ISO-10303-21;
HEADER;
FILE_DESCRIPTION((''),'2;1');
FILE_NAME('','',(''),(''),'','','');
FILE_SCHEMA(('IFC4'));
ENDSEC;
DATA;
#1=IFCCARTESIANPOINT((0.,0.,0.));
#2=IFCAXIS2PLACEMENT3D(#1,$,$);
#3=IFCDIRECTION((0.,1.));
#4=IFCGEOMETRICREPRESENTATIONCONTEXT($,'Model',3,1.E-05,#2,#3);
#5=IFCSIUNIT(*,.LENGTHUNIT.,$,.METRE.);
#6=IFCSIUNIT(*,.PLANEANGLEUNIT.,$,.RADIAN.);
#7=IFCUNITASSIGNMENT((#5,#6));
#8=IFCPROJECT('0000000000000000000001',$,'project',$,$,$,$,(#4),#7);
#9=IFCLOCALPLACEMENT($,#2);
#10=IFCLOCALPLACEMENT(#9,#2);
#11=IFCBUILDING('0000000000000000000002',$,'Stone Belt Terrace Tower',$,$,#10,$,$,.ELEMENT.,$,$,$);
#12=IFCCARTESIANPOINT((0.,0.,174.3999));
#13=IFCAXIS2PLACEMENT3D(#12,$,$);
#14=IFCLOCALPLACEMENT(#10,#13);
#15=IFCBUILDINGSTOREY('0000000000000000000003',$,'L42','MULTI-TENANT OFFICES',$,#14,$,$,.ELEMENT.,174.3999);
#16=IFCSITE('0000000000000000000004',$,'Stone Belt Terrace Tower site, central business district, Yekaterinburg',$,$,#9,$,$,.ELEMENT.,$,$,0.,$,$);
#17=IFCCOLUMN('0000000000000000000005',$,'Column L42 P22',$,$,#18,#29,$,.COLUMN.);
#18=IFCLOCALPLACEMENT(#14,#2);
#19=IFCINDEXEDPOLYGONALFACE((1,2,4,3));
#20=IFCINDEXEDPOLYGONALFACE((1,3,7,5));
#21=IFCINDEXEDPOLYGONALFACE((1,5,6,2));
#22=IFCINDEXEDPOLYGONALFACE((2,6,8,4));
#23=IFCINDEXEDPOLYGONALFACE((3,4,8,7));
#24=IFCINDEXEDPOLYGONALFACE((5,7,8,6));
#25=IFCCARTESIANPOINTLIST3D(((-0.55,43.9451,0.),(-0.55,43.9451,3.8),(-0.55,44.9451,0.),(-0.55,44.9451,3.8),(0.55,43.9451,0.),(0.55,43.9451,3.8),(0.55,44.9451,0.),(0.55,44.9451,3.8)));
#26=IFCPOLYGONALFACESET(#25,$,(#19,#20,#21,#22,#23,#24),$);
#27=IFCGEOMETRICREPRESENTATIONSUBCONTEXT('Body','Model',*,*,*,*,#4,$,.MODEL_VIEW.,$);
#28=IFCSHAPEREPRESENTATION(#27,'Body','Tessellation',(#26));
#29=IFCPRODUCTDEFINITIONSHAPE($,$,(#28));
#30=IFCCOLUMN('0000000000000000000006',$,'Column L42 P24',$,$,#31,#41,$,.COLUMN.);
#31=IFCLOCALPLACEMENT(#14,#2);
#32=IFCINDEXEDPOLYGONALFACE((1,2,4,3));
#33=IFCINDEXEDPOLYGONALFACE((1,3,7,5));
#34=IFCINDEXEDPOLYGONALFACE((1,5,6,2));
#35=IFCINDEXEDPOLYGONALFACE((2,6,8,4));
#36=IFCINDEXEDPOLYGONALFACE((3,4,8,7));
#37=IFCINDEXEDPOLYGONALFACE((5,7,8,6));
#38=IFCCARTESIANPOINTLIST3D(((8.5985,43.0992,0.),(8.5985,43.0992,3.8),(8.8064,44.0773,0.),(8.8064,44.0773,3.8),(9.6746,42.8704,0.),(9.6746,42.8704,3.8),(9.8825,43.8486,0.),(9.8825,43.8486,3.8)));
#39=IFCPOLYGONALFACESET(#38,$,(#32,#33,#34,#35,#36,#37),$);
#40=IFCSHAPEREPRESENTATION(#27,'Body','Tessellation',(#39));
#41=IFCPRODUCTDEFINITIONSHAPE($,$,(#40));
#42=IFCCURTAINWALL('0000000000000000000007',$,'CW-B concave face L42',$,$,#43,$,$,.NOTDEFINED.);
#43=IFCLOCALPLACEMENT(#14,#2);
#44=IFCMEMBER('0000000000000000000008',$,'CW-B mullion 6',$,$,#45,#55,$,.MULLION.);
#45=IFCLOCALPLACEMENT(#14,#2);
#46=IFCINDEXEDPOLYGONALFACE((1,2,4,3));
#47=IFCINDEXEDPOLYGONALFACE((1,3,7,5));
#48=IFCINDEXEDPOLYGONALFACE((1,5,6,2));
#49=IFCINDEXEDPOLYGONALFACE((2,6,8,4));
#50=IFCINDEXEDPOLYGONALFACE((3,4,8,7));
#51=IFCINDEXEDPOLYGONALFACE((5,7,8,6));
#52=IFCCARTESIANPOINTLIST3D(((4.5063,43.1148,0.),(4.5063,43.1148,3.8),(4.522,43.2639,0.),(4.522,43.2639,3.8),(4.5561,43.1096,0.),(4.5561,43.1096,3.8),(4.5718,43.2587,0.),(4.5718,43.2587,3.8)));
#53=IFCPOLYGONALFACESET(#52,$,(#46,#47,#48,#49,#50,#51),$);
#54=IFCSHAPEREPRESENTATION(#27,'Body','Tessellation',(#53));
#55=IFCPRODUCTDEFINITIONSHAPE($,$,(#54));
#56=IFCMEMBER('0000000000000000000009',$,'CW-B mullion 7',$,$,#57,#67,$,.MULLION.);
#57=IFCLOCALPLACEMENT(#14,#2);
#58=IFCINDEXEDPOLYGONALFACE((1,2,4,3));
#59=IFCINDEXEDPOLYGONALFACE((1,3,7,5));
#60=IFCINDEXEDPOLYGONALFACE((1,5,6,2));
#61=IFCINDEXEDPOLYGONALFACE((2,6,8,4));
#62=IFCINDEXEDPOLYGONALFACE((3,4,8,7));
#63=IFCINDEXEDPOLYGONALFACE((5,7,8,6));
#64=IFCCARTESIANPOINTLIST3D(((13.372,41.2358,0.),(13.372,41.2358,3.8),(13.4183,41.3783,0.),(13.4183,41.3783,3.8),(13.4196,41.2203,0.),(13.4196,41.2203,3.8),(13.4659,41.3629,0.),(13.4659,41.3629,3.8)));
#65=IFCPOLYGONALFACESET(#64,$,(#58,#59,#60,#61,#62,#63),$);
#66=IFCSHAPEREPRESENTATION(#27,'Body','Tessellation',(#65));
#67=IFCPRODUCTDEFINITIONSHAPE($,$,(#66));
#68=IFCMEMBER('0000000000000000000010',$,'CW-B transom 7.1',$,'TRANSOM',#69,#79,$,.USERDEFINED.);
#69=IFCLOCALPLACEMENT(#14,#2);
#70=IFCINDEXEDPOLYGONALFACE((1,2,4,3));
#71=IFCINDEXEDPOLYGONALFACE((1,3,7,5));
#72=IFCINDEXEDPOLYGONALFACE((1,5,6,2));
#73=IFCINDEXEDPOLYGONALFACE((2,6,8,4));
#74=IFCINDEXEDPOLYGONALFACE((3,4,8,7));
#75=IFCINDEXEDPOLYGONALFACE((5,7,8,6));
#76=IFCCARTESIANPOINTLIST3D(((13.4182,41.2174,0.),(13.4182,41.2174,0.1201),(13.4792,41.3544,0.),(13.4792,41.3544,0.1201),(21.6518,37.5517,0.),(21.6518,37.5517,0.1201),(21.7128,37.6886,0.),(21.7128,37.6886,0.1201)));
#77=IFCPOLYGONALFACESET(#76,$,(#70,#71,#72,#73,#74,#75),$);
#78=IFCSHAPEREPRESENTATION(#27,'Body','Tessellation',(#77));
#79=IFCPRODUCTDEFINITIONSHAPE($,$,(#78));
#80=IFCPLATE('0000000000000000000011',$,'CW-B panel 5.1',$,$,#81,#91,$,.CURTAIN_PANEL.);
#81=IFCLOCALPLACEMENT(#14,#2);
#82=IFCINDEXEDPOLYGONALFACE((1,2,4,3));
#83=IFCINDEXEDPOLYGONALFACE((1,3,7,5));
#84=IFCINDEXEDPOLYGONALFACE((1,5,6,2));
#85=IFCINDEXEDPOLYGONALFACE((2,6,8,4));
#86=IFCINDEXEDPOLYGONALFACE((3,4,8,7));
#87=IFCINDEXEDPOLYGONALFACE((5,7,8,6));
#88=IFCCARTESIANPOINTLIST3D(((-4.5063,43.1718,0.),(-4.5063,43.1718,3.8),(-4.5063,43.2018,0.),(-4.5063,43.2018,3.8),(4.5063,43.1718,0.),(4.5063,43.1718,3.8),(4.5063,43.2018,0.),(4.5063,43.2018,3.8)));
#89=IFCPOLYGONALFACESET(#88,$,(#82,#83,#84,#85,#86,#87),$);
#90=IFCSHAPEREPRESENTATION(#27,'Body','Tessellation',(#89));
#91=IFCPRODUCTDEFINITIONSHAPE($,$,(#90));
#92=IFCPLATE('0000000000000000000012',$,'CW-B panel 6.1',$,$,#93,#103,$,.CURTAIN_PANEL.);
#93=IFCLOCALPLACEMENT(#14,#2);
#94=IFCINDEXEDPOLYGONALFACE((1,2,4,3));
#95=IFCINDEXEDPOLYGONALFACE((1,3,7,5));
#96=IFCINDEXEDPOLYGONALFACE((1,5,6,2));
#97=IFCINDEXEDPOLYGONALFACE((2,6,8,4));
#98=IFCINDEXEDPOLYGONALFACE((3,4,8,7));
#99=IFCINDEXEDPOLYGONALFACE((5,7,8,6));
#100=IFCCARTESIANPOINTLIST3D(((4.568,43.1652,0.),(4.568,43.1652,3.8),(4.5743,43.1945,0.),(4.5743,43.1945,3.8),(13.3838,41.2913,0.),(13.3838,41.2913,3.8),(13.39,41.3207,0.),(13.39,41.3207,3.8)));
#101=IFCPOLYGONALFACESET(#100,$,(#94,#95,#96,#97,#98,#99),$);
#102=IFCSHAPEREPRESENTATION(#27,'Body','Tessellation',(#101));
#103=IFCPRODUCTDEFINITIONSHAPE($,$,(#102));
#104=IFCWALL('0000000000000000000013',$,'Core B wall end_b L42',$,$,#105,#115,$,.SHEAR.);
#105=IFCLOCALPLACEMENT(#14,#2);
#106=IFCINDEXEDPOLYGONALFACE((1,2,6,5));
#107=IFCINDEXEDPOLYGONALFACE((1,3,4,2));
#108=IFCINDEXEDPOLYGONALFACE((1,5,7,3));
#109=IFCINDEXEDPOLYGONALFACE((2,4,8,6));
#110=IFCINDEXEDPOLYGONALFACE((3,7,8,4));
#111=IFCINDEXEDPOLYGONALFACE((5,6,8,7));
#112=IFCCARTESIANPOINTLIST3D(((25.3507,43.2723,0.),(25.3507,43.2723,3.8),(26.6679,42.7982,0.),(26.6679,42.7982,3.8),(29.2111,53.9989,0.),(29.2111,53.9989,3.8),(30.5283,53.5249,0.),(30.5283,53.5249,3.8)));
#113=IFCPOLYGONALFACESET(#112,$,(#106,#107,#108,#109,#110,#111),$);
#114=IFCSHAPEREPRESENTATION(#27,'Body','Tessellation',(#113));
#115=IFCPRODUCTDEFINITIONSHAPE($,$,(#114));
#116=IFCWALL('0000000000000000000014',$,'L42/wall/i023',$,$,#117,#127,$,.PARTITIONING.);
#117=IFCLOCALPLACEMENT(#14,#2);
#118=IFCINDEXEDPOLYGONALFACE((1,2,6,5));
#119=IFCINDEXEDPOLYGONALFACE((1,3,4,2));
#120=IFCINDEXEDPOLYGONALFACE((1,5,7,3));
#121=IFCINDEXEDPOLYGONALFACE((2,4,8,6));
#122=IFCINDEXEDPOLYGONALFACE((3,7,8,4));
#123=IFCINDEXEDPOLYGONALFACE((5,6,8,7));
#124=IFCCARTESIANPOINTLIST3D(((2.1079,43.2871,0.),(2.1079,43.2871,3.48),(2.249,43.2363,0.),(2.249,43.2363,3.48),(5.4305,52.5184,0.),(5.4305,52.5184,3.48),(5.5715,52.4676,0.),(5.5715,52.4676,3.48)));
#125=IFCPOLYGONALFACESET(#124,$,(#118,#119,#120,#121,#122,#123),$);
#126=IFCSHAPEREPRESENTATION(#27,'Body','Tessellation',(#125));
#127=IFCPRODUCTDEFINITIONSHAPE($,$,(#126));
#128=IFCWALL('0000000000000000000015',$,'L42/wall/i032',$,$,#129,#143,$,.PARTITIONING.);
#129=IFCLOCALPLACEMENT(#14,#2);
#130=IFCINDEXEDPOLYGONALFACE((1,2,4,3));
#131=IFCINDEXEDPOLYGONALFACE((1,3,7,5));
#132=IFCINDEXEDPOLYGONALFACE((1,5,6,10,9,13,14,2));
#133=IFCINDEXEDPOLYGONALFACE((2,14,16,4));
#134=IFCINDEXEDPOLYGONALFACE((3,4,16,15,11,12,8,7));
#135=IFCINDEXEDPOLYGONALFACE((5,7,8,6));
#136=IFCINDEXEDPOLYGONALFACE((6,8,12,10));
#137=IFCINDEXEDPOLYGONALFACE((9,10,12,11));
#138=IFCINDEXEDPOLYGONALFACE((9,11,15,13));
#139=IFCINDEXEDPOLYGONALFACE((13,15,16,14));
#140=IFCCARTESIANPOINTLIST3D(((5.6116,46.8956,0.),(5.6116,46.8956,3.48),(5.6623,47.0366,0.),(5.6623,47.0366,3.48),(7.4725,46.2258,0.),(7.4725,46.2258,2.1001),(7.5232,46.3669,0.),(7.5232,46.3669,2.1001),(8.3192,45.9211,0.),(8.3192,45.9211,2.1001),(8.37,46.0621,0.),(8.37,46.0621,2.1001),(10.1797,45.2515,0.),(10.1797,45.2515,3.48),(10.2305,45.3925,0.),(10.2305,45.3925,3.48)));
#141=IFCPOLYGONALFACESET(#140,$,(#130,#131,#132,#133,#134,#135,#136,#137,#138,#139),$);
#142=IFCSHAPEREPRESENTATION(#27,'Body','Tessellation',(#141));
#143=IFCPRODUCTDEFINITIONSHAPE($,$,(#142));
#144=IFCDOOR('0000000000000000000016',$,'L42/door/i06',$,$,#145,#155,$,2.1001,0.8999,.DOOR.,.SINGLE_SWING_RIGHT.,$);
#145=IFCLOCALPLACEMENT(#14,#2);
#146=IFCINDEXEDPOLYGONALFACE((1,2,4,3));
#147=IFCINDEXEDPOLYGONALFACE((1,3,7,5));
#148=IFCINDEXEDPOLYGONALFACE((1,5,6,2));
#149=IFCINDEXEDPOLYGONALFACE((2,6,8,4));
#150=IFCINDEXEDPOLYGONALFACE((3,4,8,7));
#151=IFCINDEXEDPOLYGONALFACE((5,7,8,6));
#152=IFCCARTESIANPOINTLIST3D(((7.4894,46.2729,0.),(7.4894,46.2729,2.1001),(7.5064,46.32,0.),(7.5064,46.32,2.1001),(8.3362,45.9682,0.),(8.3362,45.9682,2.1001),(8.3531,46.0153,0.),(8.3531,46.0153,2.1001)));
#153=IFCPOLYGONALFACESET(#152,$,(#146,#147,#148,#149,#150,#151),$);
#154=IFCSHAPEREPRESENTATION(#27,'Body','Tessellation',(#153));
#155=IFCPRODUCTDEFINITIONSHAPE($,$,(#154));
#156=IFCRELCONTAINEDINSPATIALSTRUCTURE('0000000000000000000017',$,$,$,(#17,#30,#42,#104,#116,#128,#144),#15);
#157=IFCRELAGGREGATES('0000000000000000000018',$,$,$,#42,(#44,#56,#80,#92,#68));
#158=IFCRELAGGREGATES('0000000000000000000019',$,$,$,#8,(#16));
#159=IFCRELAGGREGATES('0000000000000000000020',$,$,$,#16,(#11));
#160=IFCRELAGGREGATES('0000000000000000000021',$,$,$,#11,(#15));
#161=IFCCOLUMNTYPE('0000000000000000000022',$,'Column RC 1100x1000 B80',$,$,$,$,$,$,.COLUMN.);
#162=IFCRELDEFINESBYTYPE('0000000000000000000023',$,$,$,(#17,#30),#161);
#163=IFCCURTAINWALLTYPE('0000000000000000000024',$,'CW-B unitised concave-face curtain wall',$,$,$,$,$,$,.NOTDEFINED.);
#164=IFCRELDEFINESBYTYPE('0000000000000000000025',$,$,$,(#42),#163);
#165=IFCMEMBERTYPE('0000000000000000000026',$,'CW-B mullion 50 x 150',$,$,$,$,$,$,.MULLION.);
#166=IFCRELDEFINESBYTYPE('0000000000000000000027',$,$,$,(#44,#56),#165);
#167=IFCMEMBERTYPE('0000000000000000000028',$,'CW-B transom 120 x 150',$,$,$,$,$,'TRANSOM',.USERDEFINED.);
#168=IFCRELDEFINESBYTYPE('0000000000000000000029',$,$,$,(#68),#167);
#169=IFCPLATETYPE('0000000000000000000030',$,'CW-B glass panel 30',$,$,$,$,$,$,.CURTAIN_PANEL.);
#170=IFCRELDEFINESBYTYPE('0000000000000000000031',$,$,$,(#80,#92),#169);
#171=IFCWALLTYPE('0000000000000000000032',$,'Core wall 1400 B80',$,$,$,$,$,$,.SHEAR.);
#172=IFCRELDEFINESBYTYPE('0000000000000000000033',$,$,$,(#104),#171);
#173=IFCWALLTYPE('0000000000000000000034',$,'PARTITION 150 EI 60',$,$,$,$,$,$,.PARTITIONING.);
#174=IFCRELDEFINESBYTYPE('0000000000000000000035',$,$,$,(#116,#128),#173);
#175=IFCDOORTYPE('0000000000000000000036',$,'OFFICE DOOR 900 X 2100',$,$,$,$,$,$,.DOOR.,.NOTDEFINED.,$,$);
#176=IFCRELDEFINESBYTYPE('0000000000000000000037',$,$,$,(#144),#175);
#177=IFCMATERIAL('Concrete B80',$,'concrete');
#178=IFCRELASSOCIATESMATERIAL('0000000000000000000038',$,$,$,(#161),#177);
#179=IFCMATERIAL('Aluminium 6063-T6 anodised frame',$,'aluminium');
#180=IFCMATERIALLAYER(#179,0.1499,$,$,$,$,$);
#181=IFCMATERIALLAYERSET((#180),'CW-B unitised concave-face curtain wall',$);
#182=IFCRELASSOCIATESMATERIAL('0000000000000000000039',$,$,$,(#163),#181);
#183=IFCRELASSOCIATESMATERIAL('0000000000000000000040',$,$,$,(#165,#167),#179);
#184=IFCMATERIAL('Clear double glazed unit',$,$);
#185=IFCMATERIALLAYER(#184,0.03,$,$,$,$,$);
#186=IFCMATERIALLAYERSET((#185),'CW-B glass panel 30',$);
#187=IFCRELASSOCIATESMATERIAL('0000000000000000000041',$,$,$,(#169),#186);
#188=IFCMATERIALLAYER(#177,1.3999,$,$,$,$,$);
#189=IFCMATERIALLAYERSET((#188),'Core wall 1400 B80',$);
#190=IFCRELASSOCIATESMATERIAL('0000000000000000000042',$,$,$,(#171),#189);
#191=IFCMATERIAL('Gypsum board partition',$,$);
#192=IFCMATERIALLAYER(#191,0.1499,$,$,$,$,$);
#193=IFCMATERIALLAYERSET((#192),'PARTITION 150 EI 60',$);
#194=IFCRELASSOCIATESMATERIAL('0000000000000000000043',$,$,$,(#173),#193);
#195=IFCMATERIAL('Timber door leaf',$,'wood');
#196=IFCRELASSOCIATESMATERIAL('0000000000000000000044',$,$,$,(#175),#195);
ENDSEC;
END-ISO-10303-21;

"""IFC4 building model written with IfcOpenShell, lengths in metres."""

from ifc_helpers import new_model, si_unit, direction, frame, frame_2d, origin, origin_2d, place, context, subcontext, project, spatial, rectangle, extrude, material, layer, layer_set, material_profile, profile_set, type_object, element, fill, aggregate, save


model = new_model("IFC4")

# Units and contexts
model_context = context("Model", 3, precision=1e-05, world=origin(), true_north=direction((0.0, 1.0)))
body_context = subcontext(model_context, "Body", "Model", "MODEL_VIEW")
ifc_project = project(units=[si_unit("LENGTHUNIT", "METRE"), si_unit("PLANEANGLEUNIT", "RADIAN")], contexts=[model_context])

# Site, building, storey
site_placement = place(None, origin())
site = spatial("IfcSite", under=ifc_project, at=site_placement, Name="Stone Belt Terrace Tower site, central business district, Yekaterinburg", CompositionType="ELEMENT", RefElevation=0.0)
building_placement = place(site_placement, origin())
building = spatial("IfcBuilding", under=site, at=building_placement, Name="Stone Belt Terrace Tower", CompositionType="ELEMENT")
storey_placement = place(building_placement, frame((0.0, 0.0, 174.3999)))
storey = spatial("IfcBuildingStorey", under=building, at=storey_placement, Name="L42", Description="MULTI-TENANT OFFICES", CompositionType="ELEMENT", Elevation=174.3999)

# Columns
ifc_material_1 = material(Name="Concrete B80", Category="concrete")
ifc_material_profile_1 = material_profile(ifc_material_1, rectangle(XDim=1.1001, YDim=1.0, at=origin_2d()), Name="RC 1100x1000")
ifc_profile_set_1 = profile_set([ifc_material_profile_1], Name="Concrete B80")
column_type = type_object("IfcColumnType", Name="Column RC 1100x1000 B80", PredefinedType="COLUMN", material=ifc_profile_set_1)
for number, where, z_axis, x_axis, name in (
    (1, (0.0, 44.4451, 0.0), (0.0, 0.0, 1.0), (1.0, 0.0, 0.0), "Column L42 P22"),
    (2, (9.2405, 43.4739, 0.0), (0.0, 0.0, 1.0), (0.978148, -0.207912, 0.0), "Column L42 P24"),
):
    element("IfcColumn", number, at=place(storey_placement, frame(where, z_axis=z_axis, x_axis=x_axis)), inside=storey, type_object=column_type, Name=name, PredefinedType="COLUMN", context=body_context, shape_type="SweptSolid", body=[
        extrude(rectangle(XDim=1.1001, YDim=1.0, at=origin_2d()), origin(), (0.0, 0.0, 1.0), 3.8),
    ])

# Curtain wall, members, plates
ifc_material_2 = material(Name="Aluminium 6063-T6 anodised frame", Category="aluminium")
ifc_layer_1 = layer(ifc_material_2, 0.1499)
ifc_layer_set_1 = layer_set([ifc_layer_1], Name="CW-B unitised concave-face curtain wall")
curtain_wall_type = type_object("IfcCurtainWallType", Name="CW-B unitised concave-face curtain wall", PredefinedType="NOTDEFINED", material=ifc_layer_set_1)
curtain_wall_placement = place(storey_placement, origin())
curtain_wall = element("IfcCurtainWall", 3, at=curtain_wall_placement, inside=storey, type_object=curtain_wall_type, Name="CW-B concave face L42", PredefinedType="NOTDEFINED")
ifc_material_profile_2 = material_profile(ifc_material_2, rectangle(XDim=0.1499, YDim=0.05, at=origin_2d()), Name="Aluminium 6063-T6 50x150")
ifc_profile_set_2 = profile_set([ifc_material_profile_2], Name="Aluminium 6063-T6 anodised frame")
member_type_1 = type_object("IfcMemberType", Name="CW-B mullion 50 x 150", PredefinedType="MULLION", material=ifc_profile_set_2)
member_1_placement = place(storey_placement, frame((4.5391, 43.1868, 0.0), z_axis=(0.0, 0.0, 1.0), x_axis=(0.104528, 0.994522, 0.0)))
member_1 = element("IfcMember", 4, at=member_1_placement, type_object=member_type_1, Name="CW-B mullion 6", PredefinedType="MULLION", context=body_context, shape_type="SweptSolid", body=[
    extrude(rectangle(XDim=0.1499, YDim=0.05, at=origin_2d()), origin(), (0.0, 0.0, 1.0), 3.8),
])
member_2_placement = place(storey_placement, frame((13.4189, 41.2993, 0.0), z_axis=(0.0, 0.0, 1.0), x_axis=(0.309017, 0.951057, 0.0)))
member_2 = element("IfcMember", 5, at=member_2_placement, type_object=member_type_1, Name="CW-B mullion 7", PredefinedType="MULLION", context=body_context, shape_type="SweptSolid", body=[
    extrude(rectangle(XDim=0.1499, YDim=0.05, at=origin_2d()), origin(), (0.0, 0.0, 1.0), 3.8),
])
ifc_material_profile_3 = material_profile(ifc_material_2, rectangle(XDim=0.1499, YDim=0.1201, at=origin_2d()), Name="Aluminium 6063-T6 150x120")
ifc_profile_set_3 = profile_set([ifc_material_profile_3], Name="Aluminium 6063-T6 anodised frame")
member_type_2 = type_object("IfcMemberType", Name="CW-B transom 120 x 150", ElementType="TRANSOM", PredefinedType="USERDEFINED", material=ifc_profile_set_3)
member_3_placement = place(storey_placement, frame((13.4487, 41.2859, 0.0601), z_axis=(0.913549, -0.406729, 0.0), x_axis=(0.406729, 0.913549, 0.0)))
member_3 = element("IfcMember", 6, at=member_3_placement, type_object=member_type_2, Name="CW-B transom 7.1", ObjectType="TRANSOM", PredefinedType="USERDEFINED", context=body_context, shape_type="SweptSolid", body=[
    extrude(rectangle(XDim=0.1499, YDim=0.1201, at=origin_2d()), origin(), (0.0, 0.0, 1.0), 9.0127),
])
ifc_material_3 = material(Name="Clear double glazed unit")
ifc_layer_2 = layer(ifc_material_3, 0.03)
ifc_layer_set_2 = layer_set([ifc_layer_2], Name="CW-B glass panel 30")
plate_type = type_object("IfcPlateType", Name="CW-B glass panel 30", PredefinedType="CURTAIN_PANEL", material=ifc_layer_set_2)
plate_1_placement = place(storey_placement, frame((0.0, 43.1868, 0.0), z_axis=(0.0, 0.0, 1.0), x_axis=(1.0, 0.0, 0.0)))
plate_1 = element("IfcPlate", 7, at=plate_1_placement, type_object=plate_type, Name="CW-B panel 5.1", PredefinedType="CURTAIN_PANEL", context=body_context, shape_type="SweptSolid", body=[
    extrude(rectangle(XDim=9.0127, YDim=0.03, at=origin_2d()), origin(), (0.0, 0.0, 1.0), 3.8),
])
plate_2_placement = place(storey_placement, frame((8.979, 42.2429, 0.0), z_axis=(0.0, 0.0, 1.0), x_axis=(0.978148, -0.207912, 0.0)))
plate_2 = element("IfcPlate", 8, at=plate_2_placement, type_object=plate_type, Name="CW-B panel 6.1", PredefinedType="CURTAIN_PANEL", context=body_context, shape_type="SweptSolid", body=[
    extrude(rectangle(XDim=9.0127, YDim=0.03, at=origin_2d()), origin(), (0.0, 0.0, 1.0), 3.8),
])
aggregate(curtain_wall, [member_1, member_2, plate_1, plate_2, member_3])

# Walls
ifc_layer_3 = layer(ifc_material_1, 1.3999)
ifc_layer_set_3 = layer_set([ifc_layer_3], Name="Core wall 1400 B80")
wall_type_1 = type_object("IfcWallType", Name="Core wall 1400 B80", PredefinedType="SHEAR", material=ifc_layer_set_3)
wall_1_placement = place(storey_placement, frame((26.0093, 43.0352, 0.0), z_axis=(0.0, 0.0, 1.0), x_axis=(0.338625, 0.940921, 0.0)))
element("IfcWall", 9, at=wall_1_placement, inside=storey, type_object=wall_type_1, Name="Core B wall end_b L42", PredefinedType="SHEAR", context=body_context, shape_type="SweptSolid", body=[
    extrude(rectangle(XDim=11.4001, YDim=1.3999, at=frame_2d((5.7002, 0.0))), origin(), (0.0, 0.0, 1.0), 3.8),
])
ifc_material_4 = material(Name="Gypsum board partition")
ifc_layer_4 = layer(ifc_material_4, 0.1499)
ifc_layer_set_4 = layer_set([ifc_layer_4], Name="PARTITION 150 EI 60")
wall_type_2 = type_object("IfcWallType", Name="PARTITION 150 EI 60", PredefinedType="PARTITIONING", material=ifc_layer_set_4)
wall_2_placement = place(storey_placement, frame((2.1785, 43.2617, 0.0), z_axis=(0.0, 0.0, 1.0), x_axis=(0.338654, 0.940911, 0.0)))
element("IfcWall", 10, at=wall_2_placement, inside=storey, type_object=wall_type_2, Name="L42/wall/i023", PredefinedType="PARTITIONING", context=body_context, shape_type="SweptSolid", body=[
    extrude(rectangle(XDim=9.811, YDim=0.1499, at=frame_2d((4.9055, 0.0))), origin(), (0.0, 0.0, 1.0), 3.48),
])

# Wall, opening, door
wall_3_placement = place(storey_placement, frame((10.2051, 45.322, 0.0), z_axis=(0.0, 0.0, 1.0), x_axis=(-0.940919, 0.338632, 0.0)))
wall_3 = element("IfcWall", 11, at=wall_3_placement, inside=storey, type_object=wall_type_2, Name="L42/wall/i032", PredefinedType="PARTITIONING", context=body_context, shape_type="SweptSolid", body=[
    extrude(rectangle(XDim=4.855, YDim=0.1499, at=frame_2d((2.4275, 0.0))), origin(), (0.0, 0.0, 1.0), 3.48),
])
opening_1_placement = place(wall_3_placement, frame((1.9773, 0.0, 0.0)))
opening_1 = element("IfcOpeningElement", 12, at=opening_1_placement, cuts=wall_3, PredefinedType="OPENING", context=body_context, shape_type="SweptSolid", body=[
    extrude(rectangle(XDim=0.8999, YDim=2.1001, at=frame_2d((0.45, 1.05))), frame((0.0, 0.085, 0.0), z_axis=(0.0, -1.0, 0.0), x_axis=(1.0, 0.0, 0.0)), (0.0, 0.0, 1.0), 0.1699),
])
ifc_material_5 = material(Name="Timber door leaf", Category="wood")
door_type_1 = type_object("IfcDoorType", Name="OFFICE DOOR 900 X 2100", OperationType="NOTDEFINED", PredefinedType="DOOR", material=ifc_material_5)
door_1_placement = place(opening_1_placement, origin())
door_1 = element("IfcDoor", 13, at=door_1_placement, inside=storey, type_object=door_type_1, Name="L42/door/i06", OperationType="SINGLE_SWING_RIGHT", OverallHeight=2.1001, OverallWidth=0.8999, PredefinedType="DOOR", context=body_context, shape_type="SweptSolid", body=[
    extrude(rectangle(XDim=0.8999, YDim=2.1001, at=frame_2d((0.45, 1.05))), frame((0.0, 0.0249, 0.0), z_axis=(0.0, -1.0, 0.0), x_axis=(1.0, 0.0, 0.0)), (0.0, 0.0, 1.0), 0.05),
])
fill(opening_1, door_1)

save(model, "model.ifc")
